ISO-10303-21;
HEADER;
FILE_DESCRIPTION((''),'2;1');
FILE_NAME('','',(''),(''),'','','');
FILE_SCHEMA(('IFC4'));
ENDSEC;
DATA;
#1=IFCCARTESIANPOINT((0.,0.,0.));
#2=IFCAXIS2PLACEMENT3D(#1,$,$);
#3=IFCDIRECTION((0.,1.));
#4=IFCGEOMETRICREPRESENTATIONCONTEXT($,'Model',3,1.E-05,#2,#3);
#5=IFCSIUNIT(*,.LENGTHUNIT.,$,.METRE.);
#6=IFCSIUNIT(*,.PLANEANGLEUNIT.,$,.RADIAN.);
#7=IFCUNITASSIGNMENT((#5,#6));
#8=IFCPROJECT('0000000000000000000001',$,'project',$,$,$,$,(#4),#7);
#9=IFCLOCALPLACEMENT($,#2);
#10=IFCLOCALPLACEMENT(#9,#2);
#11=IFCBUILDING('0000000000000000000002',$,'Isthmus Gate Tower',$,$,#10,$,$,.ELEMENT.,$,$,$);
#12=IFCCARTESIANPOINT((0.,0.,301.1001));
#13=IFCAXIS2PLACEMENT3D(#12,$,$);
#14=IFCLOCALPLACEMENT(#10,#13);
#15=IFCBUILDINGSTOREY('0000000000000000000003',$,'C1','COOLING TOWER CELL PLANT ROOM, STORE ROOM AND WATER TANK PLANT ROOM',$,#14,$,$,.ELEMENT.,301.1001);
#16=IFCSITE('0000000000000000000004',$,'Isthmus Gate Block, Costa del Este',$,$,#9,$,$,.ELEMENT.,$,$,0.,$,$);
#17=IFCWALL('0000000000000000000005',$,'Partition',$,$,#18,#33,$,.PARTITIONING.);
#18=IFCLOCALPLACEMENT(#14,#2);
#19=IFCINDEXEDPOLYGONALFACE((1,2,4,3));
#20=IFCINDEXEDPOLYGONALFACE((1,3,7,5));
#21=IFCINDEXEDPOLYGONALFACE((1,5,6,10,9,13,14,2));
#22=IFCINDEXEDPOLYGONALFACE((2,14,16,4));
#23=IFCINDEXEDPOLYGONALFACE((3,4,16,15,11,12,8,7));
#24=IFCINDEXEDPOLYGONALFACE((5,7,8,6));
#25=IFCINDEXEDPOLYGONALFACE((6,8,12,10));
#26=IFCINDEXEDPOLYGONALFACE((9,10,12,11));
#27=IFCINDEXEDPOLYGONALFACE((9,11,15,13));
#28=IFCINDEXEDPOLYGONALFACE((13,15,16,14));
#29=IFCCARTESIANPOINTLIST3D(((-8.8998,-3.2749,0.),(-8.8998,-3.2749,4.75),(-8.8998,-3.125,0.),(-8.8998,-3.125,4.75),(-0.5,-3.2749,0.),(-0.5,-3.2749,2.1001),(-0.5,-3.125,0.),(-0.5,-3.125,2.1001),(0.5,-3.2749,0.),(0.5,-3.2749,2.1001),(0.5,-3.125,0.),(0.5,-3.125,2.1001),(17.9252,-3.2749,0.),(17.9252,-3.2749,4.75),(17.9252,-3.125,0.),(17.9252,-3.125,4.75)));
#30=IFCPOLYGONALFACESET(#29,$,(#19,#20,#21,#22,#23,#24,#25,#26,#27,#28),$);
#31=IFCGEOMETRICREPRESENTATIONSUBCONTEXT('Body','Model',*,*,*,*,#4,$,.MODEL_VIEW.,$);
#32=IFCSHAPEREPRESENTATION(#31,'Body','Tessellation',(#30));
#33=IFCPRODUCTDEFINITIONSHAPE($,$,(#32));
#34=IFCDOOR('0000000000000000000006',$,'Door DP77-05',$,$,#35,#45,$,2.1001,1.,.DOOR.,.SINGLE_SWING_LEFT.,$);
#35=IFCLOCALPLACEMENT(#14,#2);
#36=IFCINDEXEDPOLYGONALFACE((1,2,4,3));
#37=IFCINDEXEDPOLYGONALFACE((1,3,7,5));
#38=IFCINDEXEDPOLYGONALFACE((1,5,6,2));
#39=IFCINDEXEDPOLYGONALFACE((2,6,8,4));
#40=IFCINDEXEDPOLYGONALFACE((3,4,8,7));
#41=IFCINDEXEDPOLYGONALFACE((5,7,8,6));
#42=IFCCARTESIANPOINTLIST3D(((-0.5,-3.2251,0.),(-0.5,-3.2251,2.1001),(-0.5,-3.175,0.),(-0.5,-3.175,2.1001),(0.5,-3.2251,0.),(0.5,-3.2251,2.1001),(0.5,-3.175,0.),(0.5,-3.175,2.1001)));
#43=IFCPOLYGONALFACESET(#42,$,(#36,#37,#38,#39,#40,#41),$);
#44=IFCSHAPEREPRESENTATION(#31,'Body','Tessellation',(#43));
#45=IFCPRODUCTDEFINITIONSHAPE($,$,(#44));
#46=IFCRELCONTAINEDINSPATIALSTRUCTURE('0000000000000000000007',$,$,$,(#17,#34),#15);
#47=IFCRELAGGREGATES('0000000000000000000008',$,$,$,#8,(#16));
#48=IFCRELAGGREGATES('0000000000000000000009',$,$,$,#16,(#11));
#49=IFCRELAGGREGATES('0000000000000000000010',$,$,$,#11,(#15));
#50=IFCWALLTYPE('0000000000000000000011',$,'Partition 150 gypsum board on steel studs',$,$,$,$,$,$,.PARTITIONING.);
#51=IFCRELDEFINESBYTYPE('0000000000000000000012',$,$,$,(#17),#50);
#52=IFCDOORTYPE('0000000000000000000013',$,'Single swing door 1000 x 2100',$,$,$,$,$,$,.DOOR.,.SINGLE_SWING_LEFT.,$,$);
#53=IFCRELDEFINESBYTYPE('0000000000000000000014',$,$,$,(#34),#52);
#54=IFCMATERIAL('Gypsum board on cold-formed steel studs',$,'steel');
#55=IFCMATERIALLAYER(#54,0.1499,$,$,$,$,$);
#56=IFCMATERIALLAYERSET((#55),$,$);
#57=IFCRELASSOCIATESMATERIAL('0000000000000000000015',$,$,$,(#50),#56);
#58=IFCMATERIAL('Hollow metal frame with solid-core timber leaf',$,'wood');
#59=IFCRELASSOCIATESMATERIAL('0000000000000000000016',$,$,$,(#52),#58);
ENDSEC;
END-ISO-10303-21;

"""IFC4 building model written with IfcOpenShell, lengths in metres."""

from ifc_helpers import new_model, si_unit, direction, frame, frame_2d, origin, place, context, subcontext, project, spatial, rectangle, extrude, material, layer, layer_set, type_object, element, fill, save


model = new_model("IFC4")

# Units and contexts
model_context = context("Model", 3, precision=1e-05, world=origin(), true_north=direction((0.0, 1.0)))
body_context = subcontext(model_context, "Body", "Model", "MODEL_VIEW")
ifc_project = project(units=[si_unit("LENGTHUNIT", "METRE"), si_unit("PLANEANGLEUNIT", "RADIAN")], contexts=[model_context])

# Site, building, storey
site_placement = place(None, origin())
site = spatial("IfcSite", under=ifc_project, at=site_placement, Name="Isthmus Gate Block, Costa del Este", CompositionType="ELEMENT", RefElevation=0.0)
building_placement = place(site_placement, origin())
building = spatial("IfcBuilding", under=site, at=building_placement, Name="Isthmus Gate Tower", CompositionType="ELEMENT")
storey_placement = place(building_placement, frame((0.0, 0.0, 301.1001)))
storey = spatial("IfcBuildingStorey", under=building, at=storey_placement, Name="C1", Description="COOLING TOWER CELL PLANT ROOM, STORE ROOM AND WATER TANK PLANT ROOM", CompositionType="ELEMENT", Elevation=301.1001)

# Wall, opening, door
ifc_material_1 = material(Name="Gypsum board on cold-formed steel studs", Category="steel")
ifc_layer_1 = layer(ifc_material_1, 0.1499)
ifc_layer_set_1 = layer_set([ifc_layer_1])
wall_type_1 = type_object("IfcWallType", Name="Partition 150 gypsum board on steel studs", PredefinedType="PARTITIONING", material=ifc_layer_set_1)
wall_1_placement = place(storey_placement, frame((-8.8999, -3.2, 0.0), z_axis=(0.0, 0.0, 1.0), x_axis=(1.0, 0.0, 0.0)))
wall_1 = element("IfcWall", 1, at=wall_1_placement, inside=storey, type_object=wall_type_1, Name="Partition", PredefinedType="PARTITIONING", context=body_context, shape_type="SweptSolid", body=[
    extrude(rectangle(XDim=26.825, YDim=0.1499, at=frame_2d((13.4126, 0.0))), origin(), (0.0, 0.0, 1.0), 4.75),
])
opening_placement = place(wall_1_placement, frame((8.3999, 0.0, 0.0)))
opening = element("IfcOpeningElement", 2, at=opening_placement, cuts=wall_1, PredefinedType="OPENING", context=body_context, shape_type="SweptSolid", body=[
    extrude(rectangle(XDim=1.0, YDim=2.1001, at=frame_2d((0.5, 1.05))), frame((0.0, 0.085, 0.0), z_axis=(0.0, -1.0, 0.0), x_axis=(1.0, 0.0, 0.0)), (0.0, 0.0, 1.0), 0.1699),
])
ifc_material_2 = material(Name="Hollow metal frame with solid-core timber leaf", Category="wood")
door_type = type_object("IfcDoorType", Name="Single swing door 1000 x 2100", OperationType="SINGLE_SWING_LEFT", PredefinedType="DOOR", material=ifc_material_2)
door_placement = place(opening_placement, origin())
door = element("IfcDoor", 3, at=door_placement, inside=storey, type_object=door_type, Name="Door DP77-05", OperationType="SINGLE_SWING_LEFT", OverallHeight=2.1001, OverallWidth=1.0, PredefinedType="DOOR", context=body_context, shape_type="SweptSolid", body=[
    extrude(rectangle(XDim=1.0, YDim=2.1001, at=frame_2d((0.5, 1.05))), frame((0.0, 0.0249, 0.0), z_axis=(0.0, -1.0, 0.0), x_axis=(1.0, 0.0, 0.0)), (0.0, 0.0, 1.0), 0.05),
])
fill(opening, door)

save(model, "model.ifc")
